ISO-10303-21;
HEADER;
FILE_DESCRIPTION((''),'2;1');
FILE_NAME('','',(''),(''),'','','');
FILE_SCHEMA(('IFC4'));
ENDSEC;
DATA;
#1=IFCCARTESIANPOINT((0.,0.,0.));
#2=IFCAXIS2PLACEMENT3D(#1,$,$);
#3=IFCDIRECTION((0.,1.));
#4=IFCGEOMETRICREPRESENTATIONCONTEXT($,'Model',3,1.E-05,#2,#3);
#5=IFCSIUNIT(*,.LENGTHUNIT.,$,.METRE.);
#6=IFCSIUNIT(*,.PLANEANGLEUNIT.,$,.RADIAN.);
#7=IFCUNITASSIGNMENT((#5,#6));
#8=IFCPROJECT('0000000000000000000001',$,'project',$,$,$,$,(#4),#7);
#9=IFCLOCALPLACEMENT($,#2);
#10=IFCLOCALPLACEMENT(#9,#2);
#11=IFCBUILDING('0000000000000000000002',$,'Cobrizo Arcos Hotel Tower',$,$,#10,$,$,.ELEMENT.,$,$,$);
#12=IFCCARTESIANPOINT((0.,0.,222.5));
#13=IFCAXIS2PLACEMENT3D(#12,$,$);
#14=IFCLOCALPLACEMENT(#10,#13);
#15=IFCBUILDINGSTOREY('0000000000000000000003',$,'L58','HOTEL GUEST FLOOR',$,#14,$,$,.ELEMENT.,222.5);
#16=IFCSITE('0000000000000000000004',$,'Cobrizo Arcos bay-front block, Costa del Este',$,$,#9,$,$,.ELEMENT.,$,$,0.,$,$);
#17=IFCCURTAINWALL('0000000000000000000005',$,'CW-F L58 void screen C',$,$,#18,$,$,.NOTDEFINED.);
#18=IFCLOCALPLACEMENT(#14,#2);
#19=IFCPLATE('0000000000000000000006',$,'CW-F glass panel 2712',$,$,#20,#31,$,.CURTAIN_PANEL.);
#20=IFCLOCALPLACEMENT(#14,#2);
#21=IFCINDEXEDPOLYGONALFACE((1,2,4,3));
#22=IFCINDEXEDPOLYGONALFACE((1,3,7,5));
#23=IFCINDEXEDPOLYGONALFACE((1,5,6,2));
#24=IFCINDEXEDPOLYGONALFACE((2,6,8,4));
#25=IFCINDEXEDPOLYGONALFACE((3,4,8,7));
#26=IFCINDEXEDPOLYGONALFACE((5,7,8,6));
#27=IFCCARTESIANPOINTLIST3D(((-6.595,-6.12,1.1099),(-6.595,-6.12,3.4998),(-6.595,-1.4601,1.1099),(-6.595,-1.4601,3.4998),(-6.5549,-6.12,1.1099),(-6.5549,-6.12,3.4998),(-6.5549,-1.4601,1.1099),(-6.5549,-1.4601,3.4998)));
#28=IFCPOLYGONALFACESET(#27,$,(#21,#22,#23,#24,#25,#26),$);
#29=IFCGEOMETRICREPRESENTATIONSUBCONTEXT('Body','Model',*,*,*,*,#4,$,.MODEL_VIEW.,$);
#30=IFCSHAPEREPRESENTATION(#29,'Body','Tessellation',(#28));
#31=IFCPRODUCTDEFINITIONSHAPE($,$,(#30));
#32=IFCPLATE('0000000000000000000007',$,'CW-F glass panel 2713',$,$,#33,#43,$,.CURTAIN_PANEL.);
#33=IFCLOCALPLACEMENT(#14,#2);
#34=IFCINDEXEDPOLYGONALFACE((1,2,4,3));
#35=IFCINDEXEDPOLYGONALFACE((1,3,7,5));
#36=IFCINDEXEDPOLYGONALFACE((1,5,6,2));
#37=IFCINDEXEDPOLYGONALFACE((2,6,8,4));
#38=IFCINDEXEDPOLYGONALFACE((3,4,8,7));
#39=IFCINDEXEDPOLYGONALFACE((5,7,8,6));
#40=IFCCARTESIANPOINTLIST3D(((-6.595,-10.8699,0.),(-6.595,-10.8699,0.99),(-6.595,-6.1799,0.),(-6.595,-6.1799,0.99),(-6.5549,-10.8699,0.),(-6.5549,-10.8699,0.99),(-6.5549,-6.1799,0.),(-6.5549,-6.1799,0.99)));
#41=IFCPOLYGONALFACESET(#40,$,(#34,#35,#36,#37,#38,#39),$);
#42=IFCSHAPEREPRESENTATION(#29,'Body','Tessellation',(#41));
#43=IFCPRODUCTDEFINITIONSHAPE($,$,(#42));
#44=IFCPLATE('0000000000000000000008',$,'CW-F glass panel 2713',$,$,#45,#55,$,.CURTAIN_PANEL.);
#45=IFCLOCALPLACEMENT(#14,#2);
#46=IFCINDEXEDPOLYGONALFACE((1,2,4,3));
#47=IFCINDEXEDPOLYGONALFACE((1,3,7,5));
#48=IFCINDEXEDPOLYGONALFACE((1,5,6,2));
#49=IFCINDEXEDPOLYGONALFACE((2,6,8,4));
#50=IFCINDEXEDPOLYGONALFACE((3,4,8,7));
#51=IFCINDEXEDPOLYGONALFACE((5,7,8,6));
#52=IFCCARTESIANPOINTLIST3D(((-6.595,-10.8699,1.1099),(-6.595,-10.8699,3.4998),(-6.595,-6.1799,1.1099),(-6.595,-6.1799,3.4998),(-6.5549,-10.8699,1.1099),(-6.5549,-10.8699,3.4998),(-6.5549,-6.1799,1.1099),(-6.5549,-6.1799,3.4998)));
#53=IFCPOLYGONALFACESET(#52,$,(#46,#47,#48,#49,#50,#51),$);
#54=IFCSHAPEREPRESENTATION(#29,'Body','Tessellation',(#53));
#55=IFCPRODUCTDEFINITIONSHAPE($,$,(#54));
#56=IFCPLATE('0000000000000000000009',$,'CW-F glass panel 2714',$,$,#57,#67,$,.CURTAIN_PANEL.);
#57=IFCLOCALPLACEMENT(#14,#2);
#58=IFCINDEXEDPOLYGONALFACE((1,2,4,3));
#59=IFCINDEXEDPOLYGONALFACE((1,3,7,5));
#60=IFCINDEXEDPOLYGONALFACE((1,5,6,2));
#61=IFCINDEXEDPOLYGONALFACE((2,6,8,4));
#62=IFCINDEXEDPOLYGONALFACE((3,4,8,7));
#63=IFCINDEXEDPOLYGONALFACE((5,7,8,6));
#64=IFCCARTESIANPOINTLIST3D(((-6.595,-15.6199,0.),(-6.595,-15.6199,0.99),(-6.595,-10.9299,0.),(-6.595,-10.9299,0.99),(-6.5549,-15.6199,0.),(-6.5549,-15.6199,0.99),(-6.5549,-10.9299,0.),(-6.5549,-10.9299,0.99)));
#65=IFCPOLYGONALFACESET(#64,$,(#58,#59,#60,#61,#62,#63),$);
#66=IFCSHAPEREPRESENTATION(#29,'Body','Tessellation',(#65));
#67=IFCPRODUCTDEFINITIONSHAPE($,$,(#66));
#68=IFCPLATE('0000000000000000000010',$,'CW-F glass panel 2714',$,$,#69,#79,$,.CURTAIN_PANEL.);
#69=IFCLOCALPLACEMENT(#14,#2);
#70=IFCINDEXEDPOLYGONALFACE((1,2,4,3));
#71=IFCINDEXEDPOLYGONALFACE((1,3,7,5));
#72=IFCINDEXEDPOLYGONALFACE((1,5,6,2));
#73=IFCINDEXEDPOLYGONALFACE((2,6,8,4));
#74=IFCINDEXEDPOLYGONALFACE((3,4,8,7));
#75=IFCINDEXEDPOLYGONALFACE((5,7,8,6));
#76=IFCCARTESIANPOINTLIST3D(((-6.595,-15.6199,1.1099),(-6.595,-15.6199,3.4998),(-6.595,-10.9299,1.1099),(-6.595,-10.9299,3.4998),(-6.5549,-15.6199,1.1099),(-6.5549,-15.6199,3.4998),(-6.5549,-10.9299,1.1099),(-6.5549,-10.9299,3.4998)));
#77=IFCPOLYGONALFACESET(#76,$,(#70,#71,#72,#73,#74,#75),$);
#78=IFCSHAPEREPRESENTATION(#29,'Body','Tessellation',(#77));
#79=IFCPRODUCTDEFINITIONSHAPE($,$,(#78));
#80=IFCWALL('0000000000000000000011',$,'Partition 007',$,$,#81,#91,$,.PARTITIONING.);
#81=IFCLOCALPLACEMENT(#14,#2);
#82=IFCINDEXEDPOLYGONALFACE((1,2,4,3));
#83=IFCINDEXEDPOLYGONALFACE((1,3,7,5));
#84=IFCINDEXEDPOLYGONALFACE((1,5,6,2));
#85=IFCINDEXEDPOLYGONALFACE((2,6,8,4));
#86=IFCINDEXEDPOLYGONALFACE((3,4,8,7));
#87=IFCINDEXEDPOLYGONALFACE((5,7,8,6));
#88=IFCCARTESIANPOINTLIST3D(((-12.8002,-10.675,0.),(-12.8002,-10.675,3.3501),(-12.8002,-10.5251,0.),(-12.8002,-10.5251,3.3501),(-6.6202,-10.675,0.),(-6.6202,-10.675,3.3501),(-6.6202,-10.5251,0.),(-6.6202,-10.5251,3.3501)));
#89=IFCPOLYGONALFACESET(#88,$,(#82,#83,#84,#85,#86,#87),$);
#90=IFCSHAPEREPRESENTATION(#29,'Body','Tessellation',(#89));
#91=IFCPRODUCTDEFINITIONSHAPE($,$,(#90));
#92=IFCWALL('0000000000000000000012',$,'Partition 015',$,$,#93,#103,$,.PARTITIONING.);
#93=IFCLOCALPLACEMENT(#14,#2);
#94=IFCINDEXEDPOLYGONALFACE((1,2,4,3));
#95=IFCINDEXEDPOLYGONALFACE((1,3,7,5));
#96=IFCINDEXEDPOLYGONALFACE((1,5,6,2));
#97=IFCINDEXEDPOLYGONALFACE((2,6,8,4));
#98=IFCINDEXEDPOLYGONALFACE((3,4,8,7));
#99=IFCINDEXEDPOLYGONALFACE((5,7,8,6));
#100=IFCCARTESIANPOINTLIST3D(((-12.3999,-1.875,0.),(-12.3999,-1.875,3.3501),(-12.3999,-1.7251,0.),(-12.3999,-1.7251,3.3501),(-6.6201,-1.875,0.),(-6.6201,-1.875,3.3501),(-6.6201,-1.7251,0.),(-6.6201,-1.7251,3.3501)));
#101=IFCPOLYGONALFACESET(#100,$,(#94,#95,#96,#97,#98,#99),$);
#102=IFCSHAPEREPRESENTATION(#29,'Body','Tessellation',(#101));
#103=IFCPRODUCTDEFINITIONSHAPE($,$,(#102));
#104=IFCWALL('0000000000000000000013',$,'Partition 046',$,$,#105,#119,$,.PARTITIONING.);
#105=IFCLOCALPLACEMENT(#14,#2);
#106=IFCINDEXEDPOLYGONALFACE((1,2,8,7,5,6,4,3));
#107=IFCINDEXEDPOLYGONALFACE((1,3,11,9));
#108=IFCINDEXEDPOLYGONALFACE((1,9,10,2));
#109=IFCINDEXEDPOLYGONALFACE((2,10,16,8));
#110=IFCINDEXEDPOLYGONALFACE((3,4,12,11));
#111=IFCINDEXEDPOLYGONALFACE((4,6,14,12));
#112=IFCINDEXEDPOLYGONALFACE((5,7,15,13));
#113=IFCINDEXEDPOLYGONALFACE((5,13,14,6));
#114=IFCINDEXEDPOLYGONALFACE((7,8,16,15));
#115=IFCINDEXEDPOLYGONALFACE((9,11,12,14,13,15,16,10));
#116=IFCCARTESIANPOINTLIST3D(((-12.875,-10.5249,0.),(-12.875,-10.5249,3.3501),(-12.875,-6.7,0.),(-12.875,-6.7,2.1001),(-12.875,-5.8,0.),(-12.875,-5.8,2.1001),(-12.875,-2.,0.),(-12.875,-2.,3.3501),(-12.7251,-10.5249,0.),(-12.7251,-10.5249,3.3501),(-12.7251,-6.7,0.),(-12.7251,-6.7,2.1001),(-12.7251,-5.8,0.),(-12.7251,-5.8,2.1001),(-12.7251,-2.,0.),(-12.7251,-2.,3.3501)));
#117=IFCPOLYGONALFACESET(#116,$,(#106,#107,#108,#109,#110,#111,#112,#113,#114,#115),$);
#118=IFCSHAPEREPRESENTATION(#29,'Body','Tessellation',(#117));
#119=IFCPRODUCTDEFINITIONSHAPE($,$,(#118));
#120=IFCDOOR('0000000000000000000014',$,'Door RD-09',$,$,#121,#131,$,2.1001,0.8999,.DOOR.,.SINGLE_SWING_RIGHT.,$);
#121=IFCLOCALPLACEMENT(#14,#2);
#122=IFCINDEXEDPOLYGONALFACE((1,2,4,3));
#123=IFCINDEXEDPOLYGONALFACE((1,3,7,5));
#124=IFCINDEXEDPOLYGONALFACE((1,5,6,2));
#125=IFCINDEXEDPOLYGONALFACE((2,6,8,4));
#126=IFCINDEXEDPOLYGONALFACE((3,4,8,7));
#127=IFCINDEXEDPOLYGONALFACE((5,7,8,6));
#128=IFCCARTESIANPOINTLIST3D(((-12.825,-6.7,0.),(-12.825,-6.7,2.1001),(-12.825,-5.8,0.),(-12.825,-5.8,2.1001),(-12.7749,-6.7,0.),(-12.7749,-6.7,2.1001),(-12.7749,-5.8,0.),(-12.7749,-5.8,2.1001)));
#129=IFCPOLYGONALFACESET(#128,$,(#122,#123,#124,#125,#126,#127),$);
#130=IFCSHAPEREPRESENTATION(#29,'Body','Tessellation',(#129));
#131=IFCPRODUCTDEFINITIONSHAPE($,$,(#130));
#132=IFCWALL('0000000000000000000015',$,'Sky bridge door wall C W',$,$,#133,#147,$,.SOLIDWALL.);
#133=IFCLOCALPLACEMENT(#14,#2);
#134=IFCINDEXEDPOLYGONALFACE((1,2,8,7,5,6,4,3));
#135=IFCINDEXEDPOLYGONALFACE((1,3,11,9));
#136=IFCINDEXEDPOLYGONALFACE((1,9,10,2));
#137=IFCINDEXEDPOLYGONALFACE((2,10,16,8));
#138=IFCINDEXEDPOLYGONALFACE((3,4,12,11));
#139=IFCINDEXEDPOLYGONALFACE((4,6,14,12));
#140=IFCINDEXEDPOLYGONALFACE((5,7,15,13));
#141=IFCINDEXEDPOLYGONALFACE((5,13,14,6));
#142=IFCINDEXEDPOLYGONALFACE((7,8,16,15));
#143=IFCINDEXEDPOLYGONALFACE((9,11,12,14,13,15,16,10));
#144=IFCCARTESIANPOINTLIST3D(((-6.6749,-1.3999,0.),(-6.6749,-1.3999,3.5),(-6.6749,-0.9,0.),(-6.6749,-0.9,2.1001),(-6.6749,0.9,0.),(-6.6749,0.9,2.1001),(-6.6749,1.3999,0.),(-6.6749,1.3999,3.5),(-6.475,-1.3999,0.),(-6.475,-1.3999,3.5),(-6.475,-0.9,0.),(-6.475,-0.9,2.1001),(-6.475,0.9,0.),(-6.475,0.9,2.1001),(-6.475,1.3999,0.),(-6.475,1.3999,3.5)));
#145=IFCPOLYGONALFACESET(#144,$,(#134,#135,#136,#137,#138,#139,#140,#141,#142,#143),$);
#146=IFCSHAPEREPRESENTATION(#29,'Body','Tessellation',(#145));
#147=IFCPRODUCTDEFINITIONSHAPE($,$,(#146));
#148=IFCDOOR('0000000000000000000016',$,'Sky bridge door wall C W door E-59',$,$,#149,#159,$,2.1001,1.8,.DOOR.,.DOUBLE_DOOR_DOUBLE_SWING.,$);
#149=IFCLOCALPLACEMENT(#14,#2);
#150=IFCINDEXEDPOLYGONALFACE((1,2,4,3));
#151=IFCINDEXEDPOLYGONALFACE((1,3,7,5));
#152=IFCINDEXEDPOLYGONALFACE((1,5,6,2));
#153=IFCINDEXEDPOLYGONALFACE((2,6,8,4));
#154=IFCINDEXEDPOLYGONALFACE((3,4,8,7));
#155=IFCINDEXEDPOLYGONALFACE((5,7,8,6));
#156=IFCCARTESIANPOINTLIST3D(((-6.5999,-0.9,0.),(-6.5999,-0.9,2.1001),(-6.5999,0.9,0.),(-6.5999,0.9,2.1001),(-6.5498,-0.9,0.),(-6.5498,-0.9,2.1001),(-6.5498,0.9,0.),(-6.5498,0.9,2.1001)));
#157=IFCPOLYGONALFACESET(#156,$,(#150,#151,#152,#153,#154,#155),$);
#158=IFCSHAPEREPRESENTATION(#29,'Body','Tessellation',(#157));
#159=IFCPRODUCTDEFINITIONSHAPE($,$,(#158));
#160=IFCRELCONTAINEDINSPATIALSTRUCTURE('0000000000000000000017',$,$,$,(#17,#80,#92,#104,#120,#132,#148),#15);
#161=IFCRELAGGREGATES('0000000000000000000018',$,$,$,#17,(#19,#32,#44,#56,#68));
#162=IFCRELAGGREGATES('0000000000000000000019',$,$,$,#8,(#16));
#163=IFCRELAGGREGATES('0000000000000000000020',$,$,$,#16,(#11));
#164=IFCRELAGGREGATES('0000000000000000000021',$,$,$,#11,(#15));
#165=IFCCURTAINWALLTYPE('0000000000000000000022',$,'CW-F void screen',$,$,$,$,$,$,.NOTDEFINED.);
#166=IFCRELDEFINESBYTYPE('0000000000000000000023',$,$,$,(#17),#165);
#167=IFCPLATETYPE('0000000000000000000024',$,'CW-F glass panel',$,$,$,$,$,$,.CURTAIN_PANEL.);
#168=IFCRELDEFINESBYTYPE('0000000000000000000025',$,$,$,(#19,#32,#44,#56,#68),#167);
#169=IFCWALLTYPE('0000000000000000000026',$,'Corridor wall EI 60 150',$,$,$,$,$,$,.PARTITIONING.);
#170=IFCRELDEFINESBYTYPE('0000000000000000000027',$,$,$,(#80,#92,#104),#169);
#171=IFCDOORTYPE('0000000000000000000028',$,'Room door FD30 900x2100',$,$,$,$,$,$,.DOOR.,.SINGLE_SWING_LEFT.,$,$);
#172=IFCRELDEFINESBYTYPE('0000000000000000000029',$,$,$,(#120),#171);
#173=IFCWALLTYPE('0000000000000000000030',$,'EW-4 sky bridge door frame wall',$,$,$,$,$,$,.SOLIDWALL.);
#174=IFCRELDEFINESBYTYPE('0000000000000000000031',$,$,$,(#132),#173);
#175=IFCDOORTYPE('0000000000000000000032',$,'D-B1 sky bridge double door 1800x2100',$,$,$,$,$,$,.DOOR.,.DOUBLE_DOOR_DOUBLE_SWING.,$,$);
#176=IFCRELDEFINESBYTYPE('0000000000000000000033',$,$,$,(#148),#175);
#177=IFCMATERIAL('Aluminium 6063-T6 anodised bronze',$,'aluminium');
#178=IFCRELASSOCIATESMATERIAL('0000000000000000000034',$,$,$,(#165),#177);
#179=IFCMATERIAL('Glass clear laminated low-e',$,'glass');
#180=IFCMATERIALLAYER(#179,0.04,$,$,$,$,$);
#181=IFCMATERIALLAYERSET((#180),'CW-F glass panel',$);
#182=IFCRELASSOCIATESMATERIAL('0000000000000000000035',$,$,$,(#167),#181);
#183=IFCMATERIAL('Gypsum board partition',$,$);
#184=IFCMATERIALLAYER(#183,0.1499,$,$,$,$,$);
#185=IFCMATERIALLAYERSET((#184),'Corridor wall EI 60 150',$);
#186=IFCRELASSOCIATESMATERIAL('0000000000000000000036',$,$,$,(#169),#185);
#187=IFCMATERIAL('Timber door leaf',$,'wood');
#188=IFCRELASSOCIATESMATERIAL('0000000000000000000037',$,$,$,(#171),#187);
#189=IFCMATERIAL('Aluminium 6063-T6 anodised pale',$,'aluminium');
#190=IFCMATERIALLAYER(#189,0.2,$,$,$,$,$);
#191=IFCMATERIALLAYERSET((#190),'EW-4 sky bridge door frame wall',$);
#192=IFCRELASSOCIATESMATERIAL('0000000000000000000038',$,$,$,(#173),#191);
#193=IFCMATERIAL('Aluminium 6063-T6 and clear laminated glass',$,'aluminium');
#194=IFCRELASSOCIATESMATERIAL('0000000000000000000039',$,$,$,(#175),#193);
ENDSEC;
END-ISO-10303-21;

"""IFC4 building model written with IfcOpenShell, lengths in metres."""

from ifc_helpers import new_model, si_unit, direction, frame, frame_2d, origin, origin_2d, place, context, subcontext, project, spatial, rectangle, extrude, material, layer, layer_set, type_object, element, fill, aggregate, save


model = new_model("IFC4")

# Units and contexts
model_context = context("Model", 3, precision=1e-05, world=origin(), true_north=direction((0.0, 1.0)))
body_context = subcontext(model_context, "Body", "Model", "MODEL_VIEW")
ifc_project = project(units=[si_unit("LENGTHUNIT", "METRE"), si_unit("PLANEANGLEUNIT", "RADIAN")], contexts=[model_context])

# Site, building, storey
site_placement = place(None, origin())
site = spatial("IfcSite", under=ifc_project, at=site_placement, Name="Cobrizo Arcos bay-front block, Costa del Este", CompositionType="ELEMENT", RefElevation=0.0)
building_placement = place(site_placement, origin())
building = spatial("IfcBuilding", under=site, at=building_placement, Name="Cobrizo Arcos Hotel Tower", CompositionType="ELEMENT")
storey_placement = place(building_placement, frame((0.0, 0.0, 222.5)))
storey = spatial("IfcBuildingStorey", under=building, at=storey_placement, Name="L58", Description="HOTEL GUEST FLOOR", CompositionType="ELEMENT", Elevation=222.5)

# Curtain wall
ifc_material_1 = material(Name="Aluminium 6063-T6 anodised bronze", Category="aluminium")
curtain_wall_type = type_object("IfcCurtainWallType", Name="CW-F void screen", PredefinedType="NOTDEFINED", material=ifc_material_1)
curtain_wall_placement = place(storey_placement, origin())
curtain_wall = element("IfcCurtainWall", 1, at=curtain_wall_placement, inside=storey, type_object=curtain_wall_type, Name="CW-F L58 void screen C", PredefinedType="NOTDEFINED")

# Plates
ifc_material_2 = material(Name="Glass clear laminated low-e", Category="glass")
ifc_layer_1 = layer(ifc_material_2, 0.04)
ifc_layer_set_1 = layer_set([ifc_layer_1], Name="CW-F glass panel")
plate_type = type_object("IfcPlateType", Name="CW-F glass panel", PredefinedType="CURTAIN_PANEL", material=ifc_layer_set_1)
plate_1_placement = place(storey_placement, frame((-6.575, -3.79, 1.1099), z_axis=(0.0, 0.0, 1.0), x_axis=(0.0, -1.0, 0.0)))
plate_1 = element("IfcPlate", 2, at=plate_1_placement, type_object=plate_type, Name="CW-F glass panel 2712", PredefinedType="CURTAIN_PANEL", context=body_context, shape_type="SweptSolid", body=[
    extrude(rectangle(XDim=4.6599, YDim=0.04, at=origin_2d()), origin(), (0.0, 0.0, 1.0), 2.3899),
])
plate_2_placement = place(storey_placement, frame((-6.575, -8.5249, 0.0), z_axis=(0.0, 0.0, 1.0), x_axis=(0.0, -1.0, 0.0)))
plate_2 = element("IfcPlate", 3, at=plate_2_placement, type_object=plate_type, Name="CW-F glass panel 2713", PredefinedType="CURTAIN_PANEL", context=body_context, shape_type="SweptSolid", body=[
    extrude(rectangle(XDim=4.6899, YDim=0.04, at=origin_2d()), origin(), (0.0, 0.0, 1.0), 0.99),
])
plate_3_placement = place(storey_placement, frame((-6.575, -8.5249, 1.1099), z_axis=(0.0, 0.0, 1.0), x_axis=(0.0, -1.0, 0.0)))
plate_3 = element("IfcPlate", 4, at=plate_3_placement, type_object=plate_type, Name="CW-F glass panel 2713", PredefinedType="CURTAIN_PANEL", context=body_context, shape_type="SweptSolid", body=[
    extrude(rectangle(XDim=4.6899, YDim=0.04, at=origin_2d()), origin(), (0.0, 0.0, 1.0), 2.3899),
])
plate_4_placement = place(storey_placement, frame((-6.575, -13.2749, 0.0), z_axis=(0.0, 0.0, 1.0), x_axis=(0.0, -1.0, 0.0)))
plate_4 = element("IfcPlate", 5, at=plate_4_placement, type_object=plate_type, Name="CW-F glass panel 2714", PredefinedType="CURTAIN_PANEL", context=body_context, shape_type="SweptSolid", body=[
    extrude(rectangle(XDim=4.6899, YDim=0.04, at=origin_2d()), origin(), (0.0, 0.0, 1.0), 0.99),
])
plate_5_placement = place(storey_placement, frame((-6.575, -13.2749, 1.1099), z_axis=(0.0, 0.0, 1.0), x_axis=(0.0, -1.0, 0.0)))
plate_5 = element("IfcPlate", 6, at=plate_5_placement, type_object=plate_type, Name="CW-F glass panel 2714", PredefinedType="CURTAIN_PANEL", context=body_context, shape_type="SweptSolid", body=[
    extrude(rectangle(XDim=4.6899, YDim=0.04, at=origin_2d()), origin(), (0.0, 0.0, 1.0), 2.3899),
])
aggregate(curtain_wall, [plate_1, plate_2, plate_3, plate_4, plate_5])

# Walls
ifc_material_3 = material(Name="Gypsum board partition")
ifc_layer_2 = layer(ifc_material_3, 0.1499)
ifc_layer_set_2 = layer_set([ifc_layer_2], Name="Corridor wall EI 60 150")
wall_type_1 = type_object("IfcWallType", Name="Corridor wall EI 60 150", PredefinedType="PARTITIONING", material=ifc_layer_set_2)
wall_1_placement = place(storey_placement, frame((-12.8, -10.6001, 0.0), z_axis=(0.0, 0.0, 1.0), x_axis=(1.0, 0.0, 0.0)))
element("IfcWall", 7, at=wall_1_placement, inside=storey, type_object=wall_type_1, Name="Partition 007", PredefinedType="PARTITIONING", context=body_context, shape_type="SweptSolid", body=[
    extrude(rectangle(XDim=6.1799, YDim=0.1499, at=frame_2d((3.0898, 0.0))), origin(), (0.0, 0.0, 1.0), 3.3501),
])
wall_2_placement = place(storey_placement, frame((-12.3999, -1.8, 0.0), z_axis=(0.0, 0.0, 1.0), x_axis=(1.0, 0.0, 0.0)))
element("IfcWall", 8, at=wall_2_placement, inside=storey, type_object=wall_type_1, Name="Partition 015", PredefinedType="PARTITIONING", context=body_context, shape_type="SweptSolid", body=[
    extrude(rectangle(XDim=5.7798, YDim=0.1499, at=frame_2d((2.8899, 0.0))), origin(), (0.0, 0.0, 1.0), 3.3501),
])

# Walls, openings, doors
wall_3_placement = place(storey_placement, frame((-12.8, -10.5249, 0.0), z_axis=(0.0, 0.0, 1.0), x_axis=(0.0, 1.0, 0.0)))
wall_3 = element("IfcWall", 9, at=wall_3_placement, inside=storey, type_object=wall_type_1, Name="Partition 046", PredefinedType="PARTITIONING", context=body_context, shape_type="SweptSolid", body=[
    extrude(rectangle(XDim=8.5249, YDim=0.1499, at=frame_2d((4.2625, 0.0))), origin(), (0.0, 0.0, 1.0), 3.3501),
])
opening_1_placement = place(wall_3_placement, frame((3.825, 0.0, 0.0)))
opening_1 = element("IfcOpeningElement", 10, at=opening_1_placement, cuts=wall_3, PredefinedType="OPENING", context=body_context, shape_type="SweptSolid", body=[
    extrude(rectangle(XDim=0.8999, YDim=2.1001, at=frame_2d((0.45, 1.05))), frame((0.0, 0.0869, 0.0), z_axis=(0.0, -1.0, 0.0), x_axis=(1.0, 0.0, 0.0)), (0.0, 0.0, 1.0), 0.1738),
])
ifc_material_4 = material(Name="Timber door leaf", Category="wood")
door_type_1 = type_object("IfcDoorType", Name="Room door FD30 900x2100", OperationType="SINGLE_SWING_LEFT", PredefinedType="DOOR", material=ifc_material_4)
door_1_placement = place(opening_1_placement, origin())
door_1 = element("IfcDoor", 11, at=door_1_placement, inside=storey, type_object=door_type_1, Name="Door RD-09", OperationType="SINGLE_SWING_RIGHT", OverallHeight=2.1001, OverallWidth=0.8999, PredefinedType="DOOR", context=body_context, shape_type="SweptSolid", body=[
    extrude(rectangle(XDim=0.8999, YDim=2.1001, at=frame_2d((0.45, 1.05))), frame((0.0, 0.0249, 0.0), z_axis=(0.0, -1.0, 0.0), x_axis=(1.0, 0.0, 0.0)), (0.0, 0.0, 1.0), 0.05),
])
fill(opening_1, door_1)
ifc_material_5 = material(Name="Aluminium 6063-T6 anodised pale", Category="aluminium")
ifc_layer_3 = layer(ifc_material_5, 0.2)
ifc_layer_set_3 = layer_set([ifc_layer_3], Name="EW-4 sky bridge door frame wall")
wall_type_2 = type_object("IfcWallType", Name="EW-4 sky bridge door frame wall", PredefinedType="SOLIDWALL", material=ifc_layer_set_3)
wall_4_placement = place(storey_placement, frame((-6.575, -1.3999, 0.0), z_axis=(0.0, 0.0, 1.0), x_axis=(0.0, 1.0, 0.0)))
wall_4 = element("IfcWall", 12, at=wall_4_placement, inside=storey, type_object=wall_type_2, Name="Sky bridge door wall C W", PredefinedType="SOLIDWALL", context=body_context, shape_type="SweptSolid", body=[
    extrude(rectangle(XDim=2.7998, YDim=0.2, at=frame_2d((1.3999, 0.0))), origin(), (0.0, 0.0, 1.0), 3.5),
])
opening_2_placement = place(wall_4_placement, frame((0.5, 0.0, 0.0)))
opening_2 = element("IfcOpeningElement", 13, at=opening_2_placement, cuts=wall_4, PredefinedType="OPENING", context=body_context, shape_type="SweptSolid", body=[
    extrude(rectangle(XDim=1.8, YDim=2.1001, at=frame_2d((0.8999, 1.05))), frame((0.0, 0.1121, 0.0), z_axis=(0.0, -1.0, 0.0), x_axis=(1.0, 0.0, 0.0)), (0.0, 0.0, 1.0), 0.2239),
])
ifc_material_6 = material(Name="Aluminium 6063-T6 and clear laminated glass", Category="aluminium")
door_type_2 = type_object("IfcDoorType", Name="D-B1 sky bridge double door 1800x2100", OperationType="DOUBLE_DOOR_DOUBLE_SWING", PredefinedType="DOOR", material=ifc_material_6)
door_2_placement = place(opening_2_placement, origin())
door_2 = element("IfcDoor", 14, at=door_2_placement, inside=storey, type_object=door_type_2, Name="Sky bridge door wall C W door E-59", OperationType="DOUBLE_DOOR_DOUBLE_SWING", OverallHeight=2.1001, OverallWidth=1.8, PredefinedType="DOOR", context=body_context, shape_type="SweptSolid", body=[
    extrude(rectangle(XDim=1.8, YDim=2.1001, at=frame_2d((0.8999, 1.05))), frame((0.0, 0.0249, 0.0), z_axis=(0.0, -1.0, 0.0), x_axis=(1.0, 0.0, 0.0)), (0.0, 0.0, 1.0), 0.05),
])
fill(opening_2, door_2)

save(model, "model.ifc")
